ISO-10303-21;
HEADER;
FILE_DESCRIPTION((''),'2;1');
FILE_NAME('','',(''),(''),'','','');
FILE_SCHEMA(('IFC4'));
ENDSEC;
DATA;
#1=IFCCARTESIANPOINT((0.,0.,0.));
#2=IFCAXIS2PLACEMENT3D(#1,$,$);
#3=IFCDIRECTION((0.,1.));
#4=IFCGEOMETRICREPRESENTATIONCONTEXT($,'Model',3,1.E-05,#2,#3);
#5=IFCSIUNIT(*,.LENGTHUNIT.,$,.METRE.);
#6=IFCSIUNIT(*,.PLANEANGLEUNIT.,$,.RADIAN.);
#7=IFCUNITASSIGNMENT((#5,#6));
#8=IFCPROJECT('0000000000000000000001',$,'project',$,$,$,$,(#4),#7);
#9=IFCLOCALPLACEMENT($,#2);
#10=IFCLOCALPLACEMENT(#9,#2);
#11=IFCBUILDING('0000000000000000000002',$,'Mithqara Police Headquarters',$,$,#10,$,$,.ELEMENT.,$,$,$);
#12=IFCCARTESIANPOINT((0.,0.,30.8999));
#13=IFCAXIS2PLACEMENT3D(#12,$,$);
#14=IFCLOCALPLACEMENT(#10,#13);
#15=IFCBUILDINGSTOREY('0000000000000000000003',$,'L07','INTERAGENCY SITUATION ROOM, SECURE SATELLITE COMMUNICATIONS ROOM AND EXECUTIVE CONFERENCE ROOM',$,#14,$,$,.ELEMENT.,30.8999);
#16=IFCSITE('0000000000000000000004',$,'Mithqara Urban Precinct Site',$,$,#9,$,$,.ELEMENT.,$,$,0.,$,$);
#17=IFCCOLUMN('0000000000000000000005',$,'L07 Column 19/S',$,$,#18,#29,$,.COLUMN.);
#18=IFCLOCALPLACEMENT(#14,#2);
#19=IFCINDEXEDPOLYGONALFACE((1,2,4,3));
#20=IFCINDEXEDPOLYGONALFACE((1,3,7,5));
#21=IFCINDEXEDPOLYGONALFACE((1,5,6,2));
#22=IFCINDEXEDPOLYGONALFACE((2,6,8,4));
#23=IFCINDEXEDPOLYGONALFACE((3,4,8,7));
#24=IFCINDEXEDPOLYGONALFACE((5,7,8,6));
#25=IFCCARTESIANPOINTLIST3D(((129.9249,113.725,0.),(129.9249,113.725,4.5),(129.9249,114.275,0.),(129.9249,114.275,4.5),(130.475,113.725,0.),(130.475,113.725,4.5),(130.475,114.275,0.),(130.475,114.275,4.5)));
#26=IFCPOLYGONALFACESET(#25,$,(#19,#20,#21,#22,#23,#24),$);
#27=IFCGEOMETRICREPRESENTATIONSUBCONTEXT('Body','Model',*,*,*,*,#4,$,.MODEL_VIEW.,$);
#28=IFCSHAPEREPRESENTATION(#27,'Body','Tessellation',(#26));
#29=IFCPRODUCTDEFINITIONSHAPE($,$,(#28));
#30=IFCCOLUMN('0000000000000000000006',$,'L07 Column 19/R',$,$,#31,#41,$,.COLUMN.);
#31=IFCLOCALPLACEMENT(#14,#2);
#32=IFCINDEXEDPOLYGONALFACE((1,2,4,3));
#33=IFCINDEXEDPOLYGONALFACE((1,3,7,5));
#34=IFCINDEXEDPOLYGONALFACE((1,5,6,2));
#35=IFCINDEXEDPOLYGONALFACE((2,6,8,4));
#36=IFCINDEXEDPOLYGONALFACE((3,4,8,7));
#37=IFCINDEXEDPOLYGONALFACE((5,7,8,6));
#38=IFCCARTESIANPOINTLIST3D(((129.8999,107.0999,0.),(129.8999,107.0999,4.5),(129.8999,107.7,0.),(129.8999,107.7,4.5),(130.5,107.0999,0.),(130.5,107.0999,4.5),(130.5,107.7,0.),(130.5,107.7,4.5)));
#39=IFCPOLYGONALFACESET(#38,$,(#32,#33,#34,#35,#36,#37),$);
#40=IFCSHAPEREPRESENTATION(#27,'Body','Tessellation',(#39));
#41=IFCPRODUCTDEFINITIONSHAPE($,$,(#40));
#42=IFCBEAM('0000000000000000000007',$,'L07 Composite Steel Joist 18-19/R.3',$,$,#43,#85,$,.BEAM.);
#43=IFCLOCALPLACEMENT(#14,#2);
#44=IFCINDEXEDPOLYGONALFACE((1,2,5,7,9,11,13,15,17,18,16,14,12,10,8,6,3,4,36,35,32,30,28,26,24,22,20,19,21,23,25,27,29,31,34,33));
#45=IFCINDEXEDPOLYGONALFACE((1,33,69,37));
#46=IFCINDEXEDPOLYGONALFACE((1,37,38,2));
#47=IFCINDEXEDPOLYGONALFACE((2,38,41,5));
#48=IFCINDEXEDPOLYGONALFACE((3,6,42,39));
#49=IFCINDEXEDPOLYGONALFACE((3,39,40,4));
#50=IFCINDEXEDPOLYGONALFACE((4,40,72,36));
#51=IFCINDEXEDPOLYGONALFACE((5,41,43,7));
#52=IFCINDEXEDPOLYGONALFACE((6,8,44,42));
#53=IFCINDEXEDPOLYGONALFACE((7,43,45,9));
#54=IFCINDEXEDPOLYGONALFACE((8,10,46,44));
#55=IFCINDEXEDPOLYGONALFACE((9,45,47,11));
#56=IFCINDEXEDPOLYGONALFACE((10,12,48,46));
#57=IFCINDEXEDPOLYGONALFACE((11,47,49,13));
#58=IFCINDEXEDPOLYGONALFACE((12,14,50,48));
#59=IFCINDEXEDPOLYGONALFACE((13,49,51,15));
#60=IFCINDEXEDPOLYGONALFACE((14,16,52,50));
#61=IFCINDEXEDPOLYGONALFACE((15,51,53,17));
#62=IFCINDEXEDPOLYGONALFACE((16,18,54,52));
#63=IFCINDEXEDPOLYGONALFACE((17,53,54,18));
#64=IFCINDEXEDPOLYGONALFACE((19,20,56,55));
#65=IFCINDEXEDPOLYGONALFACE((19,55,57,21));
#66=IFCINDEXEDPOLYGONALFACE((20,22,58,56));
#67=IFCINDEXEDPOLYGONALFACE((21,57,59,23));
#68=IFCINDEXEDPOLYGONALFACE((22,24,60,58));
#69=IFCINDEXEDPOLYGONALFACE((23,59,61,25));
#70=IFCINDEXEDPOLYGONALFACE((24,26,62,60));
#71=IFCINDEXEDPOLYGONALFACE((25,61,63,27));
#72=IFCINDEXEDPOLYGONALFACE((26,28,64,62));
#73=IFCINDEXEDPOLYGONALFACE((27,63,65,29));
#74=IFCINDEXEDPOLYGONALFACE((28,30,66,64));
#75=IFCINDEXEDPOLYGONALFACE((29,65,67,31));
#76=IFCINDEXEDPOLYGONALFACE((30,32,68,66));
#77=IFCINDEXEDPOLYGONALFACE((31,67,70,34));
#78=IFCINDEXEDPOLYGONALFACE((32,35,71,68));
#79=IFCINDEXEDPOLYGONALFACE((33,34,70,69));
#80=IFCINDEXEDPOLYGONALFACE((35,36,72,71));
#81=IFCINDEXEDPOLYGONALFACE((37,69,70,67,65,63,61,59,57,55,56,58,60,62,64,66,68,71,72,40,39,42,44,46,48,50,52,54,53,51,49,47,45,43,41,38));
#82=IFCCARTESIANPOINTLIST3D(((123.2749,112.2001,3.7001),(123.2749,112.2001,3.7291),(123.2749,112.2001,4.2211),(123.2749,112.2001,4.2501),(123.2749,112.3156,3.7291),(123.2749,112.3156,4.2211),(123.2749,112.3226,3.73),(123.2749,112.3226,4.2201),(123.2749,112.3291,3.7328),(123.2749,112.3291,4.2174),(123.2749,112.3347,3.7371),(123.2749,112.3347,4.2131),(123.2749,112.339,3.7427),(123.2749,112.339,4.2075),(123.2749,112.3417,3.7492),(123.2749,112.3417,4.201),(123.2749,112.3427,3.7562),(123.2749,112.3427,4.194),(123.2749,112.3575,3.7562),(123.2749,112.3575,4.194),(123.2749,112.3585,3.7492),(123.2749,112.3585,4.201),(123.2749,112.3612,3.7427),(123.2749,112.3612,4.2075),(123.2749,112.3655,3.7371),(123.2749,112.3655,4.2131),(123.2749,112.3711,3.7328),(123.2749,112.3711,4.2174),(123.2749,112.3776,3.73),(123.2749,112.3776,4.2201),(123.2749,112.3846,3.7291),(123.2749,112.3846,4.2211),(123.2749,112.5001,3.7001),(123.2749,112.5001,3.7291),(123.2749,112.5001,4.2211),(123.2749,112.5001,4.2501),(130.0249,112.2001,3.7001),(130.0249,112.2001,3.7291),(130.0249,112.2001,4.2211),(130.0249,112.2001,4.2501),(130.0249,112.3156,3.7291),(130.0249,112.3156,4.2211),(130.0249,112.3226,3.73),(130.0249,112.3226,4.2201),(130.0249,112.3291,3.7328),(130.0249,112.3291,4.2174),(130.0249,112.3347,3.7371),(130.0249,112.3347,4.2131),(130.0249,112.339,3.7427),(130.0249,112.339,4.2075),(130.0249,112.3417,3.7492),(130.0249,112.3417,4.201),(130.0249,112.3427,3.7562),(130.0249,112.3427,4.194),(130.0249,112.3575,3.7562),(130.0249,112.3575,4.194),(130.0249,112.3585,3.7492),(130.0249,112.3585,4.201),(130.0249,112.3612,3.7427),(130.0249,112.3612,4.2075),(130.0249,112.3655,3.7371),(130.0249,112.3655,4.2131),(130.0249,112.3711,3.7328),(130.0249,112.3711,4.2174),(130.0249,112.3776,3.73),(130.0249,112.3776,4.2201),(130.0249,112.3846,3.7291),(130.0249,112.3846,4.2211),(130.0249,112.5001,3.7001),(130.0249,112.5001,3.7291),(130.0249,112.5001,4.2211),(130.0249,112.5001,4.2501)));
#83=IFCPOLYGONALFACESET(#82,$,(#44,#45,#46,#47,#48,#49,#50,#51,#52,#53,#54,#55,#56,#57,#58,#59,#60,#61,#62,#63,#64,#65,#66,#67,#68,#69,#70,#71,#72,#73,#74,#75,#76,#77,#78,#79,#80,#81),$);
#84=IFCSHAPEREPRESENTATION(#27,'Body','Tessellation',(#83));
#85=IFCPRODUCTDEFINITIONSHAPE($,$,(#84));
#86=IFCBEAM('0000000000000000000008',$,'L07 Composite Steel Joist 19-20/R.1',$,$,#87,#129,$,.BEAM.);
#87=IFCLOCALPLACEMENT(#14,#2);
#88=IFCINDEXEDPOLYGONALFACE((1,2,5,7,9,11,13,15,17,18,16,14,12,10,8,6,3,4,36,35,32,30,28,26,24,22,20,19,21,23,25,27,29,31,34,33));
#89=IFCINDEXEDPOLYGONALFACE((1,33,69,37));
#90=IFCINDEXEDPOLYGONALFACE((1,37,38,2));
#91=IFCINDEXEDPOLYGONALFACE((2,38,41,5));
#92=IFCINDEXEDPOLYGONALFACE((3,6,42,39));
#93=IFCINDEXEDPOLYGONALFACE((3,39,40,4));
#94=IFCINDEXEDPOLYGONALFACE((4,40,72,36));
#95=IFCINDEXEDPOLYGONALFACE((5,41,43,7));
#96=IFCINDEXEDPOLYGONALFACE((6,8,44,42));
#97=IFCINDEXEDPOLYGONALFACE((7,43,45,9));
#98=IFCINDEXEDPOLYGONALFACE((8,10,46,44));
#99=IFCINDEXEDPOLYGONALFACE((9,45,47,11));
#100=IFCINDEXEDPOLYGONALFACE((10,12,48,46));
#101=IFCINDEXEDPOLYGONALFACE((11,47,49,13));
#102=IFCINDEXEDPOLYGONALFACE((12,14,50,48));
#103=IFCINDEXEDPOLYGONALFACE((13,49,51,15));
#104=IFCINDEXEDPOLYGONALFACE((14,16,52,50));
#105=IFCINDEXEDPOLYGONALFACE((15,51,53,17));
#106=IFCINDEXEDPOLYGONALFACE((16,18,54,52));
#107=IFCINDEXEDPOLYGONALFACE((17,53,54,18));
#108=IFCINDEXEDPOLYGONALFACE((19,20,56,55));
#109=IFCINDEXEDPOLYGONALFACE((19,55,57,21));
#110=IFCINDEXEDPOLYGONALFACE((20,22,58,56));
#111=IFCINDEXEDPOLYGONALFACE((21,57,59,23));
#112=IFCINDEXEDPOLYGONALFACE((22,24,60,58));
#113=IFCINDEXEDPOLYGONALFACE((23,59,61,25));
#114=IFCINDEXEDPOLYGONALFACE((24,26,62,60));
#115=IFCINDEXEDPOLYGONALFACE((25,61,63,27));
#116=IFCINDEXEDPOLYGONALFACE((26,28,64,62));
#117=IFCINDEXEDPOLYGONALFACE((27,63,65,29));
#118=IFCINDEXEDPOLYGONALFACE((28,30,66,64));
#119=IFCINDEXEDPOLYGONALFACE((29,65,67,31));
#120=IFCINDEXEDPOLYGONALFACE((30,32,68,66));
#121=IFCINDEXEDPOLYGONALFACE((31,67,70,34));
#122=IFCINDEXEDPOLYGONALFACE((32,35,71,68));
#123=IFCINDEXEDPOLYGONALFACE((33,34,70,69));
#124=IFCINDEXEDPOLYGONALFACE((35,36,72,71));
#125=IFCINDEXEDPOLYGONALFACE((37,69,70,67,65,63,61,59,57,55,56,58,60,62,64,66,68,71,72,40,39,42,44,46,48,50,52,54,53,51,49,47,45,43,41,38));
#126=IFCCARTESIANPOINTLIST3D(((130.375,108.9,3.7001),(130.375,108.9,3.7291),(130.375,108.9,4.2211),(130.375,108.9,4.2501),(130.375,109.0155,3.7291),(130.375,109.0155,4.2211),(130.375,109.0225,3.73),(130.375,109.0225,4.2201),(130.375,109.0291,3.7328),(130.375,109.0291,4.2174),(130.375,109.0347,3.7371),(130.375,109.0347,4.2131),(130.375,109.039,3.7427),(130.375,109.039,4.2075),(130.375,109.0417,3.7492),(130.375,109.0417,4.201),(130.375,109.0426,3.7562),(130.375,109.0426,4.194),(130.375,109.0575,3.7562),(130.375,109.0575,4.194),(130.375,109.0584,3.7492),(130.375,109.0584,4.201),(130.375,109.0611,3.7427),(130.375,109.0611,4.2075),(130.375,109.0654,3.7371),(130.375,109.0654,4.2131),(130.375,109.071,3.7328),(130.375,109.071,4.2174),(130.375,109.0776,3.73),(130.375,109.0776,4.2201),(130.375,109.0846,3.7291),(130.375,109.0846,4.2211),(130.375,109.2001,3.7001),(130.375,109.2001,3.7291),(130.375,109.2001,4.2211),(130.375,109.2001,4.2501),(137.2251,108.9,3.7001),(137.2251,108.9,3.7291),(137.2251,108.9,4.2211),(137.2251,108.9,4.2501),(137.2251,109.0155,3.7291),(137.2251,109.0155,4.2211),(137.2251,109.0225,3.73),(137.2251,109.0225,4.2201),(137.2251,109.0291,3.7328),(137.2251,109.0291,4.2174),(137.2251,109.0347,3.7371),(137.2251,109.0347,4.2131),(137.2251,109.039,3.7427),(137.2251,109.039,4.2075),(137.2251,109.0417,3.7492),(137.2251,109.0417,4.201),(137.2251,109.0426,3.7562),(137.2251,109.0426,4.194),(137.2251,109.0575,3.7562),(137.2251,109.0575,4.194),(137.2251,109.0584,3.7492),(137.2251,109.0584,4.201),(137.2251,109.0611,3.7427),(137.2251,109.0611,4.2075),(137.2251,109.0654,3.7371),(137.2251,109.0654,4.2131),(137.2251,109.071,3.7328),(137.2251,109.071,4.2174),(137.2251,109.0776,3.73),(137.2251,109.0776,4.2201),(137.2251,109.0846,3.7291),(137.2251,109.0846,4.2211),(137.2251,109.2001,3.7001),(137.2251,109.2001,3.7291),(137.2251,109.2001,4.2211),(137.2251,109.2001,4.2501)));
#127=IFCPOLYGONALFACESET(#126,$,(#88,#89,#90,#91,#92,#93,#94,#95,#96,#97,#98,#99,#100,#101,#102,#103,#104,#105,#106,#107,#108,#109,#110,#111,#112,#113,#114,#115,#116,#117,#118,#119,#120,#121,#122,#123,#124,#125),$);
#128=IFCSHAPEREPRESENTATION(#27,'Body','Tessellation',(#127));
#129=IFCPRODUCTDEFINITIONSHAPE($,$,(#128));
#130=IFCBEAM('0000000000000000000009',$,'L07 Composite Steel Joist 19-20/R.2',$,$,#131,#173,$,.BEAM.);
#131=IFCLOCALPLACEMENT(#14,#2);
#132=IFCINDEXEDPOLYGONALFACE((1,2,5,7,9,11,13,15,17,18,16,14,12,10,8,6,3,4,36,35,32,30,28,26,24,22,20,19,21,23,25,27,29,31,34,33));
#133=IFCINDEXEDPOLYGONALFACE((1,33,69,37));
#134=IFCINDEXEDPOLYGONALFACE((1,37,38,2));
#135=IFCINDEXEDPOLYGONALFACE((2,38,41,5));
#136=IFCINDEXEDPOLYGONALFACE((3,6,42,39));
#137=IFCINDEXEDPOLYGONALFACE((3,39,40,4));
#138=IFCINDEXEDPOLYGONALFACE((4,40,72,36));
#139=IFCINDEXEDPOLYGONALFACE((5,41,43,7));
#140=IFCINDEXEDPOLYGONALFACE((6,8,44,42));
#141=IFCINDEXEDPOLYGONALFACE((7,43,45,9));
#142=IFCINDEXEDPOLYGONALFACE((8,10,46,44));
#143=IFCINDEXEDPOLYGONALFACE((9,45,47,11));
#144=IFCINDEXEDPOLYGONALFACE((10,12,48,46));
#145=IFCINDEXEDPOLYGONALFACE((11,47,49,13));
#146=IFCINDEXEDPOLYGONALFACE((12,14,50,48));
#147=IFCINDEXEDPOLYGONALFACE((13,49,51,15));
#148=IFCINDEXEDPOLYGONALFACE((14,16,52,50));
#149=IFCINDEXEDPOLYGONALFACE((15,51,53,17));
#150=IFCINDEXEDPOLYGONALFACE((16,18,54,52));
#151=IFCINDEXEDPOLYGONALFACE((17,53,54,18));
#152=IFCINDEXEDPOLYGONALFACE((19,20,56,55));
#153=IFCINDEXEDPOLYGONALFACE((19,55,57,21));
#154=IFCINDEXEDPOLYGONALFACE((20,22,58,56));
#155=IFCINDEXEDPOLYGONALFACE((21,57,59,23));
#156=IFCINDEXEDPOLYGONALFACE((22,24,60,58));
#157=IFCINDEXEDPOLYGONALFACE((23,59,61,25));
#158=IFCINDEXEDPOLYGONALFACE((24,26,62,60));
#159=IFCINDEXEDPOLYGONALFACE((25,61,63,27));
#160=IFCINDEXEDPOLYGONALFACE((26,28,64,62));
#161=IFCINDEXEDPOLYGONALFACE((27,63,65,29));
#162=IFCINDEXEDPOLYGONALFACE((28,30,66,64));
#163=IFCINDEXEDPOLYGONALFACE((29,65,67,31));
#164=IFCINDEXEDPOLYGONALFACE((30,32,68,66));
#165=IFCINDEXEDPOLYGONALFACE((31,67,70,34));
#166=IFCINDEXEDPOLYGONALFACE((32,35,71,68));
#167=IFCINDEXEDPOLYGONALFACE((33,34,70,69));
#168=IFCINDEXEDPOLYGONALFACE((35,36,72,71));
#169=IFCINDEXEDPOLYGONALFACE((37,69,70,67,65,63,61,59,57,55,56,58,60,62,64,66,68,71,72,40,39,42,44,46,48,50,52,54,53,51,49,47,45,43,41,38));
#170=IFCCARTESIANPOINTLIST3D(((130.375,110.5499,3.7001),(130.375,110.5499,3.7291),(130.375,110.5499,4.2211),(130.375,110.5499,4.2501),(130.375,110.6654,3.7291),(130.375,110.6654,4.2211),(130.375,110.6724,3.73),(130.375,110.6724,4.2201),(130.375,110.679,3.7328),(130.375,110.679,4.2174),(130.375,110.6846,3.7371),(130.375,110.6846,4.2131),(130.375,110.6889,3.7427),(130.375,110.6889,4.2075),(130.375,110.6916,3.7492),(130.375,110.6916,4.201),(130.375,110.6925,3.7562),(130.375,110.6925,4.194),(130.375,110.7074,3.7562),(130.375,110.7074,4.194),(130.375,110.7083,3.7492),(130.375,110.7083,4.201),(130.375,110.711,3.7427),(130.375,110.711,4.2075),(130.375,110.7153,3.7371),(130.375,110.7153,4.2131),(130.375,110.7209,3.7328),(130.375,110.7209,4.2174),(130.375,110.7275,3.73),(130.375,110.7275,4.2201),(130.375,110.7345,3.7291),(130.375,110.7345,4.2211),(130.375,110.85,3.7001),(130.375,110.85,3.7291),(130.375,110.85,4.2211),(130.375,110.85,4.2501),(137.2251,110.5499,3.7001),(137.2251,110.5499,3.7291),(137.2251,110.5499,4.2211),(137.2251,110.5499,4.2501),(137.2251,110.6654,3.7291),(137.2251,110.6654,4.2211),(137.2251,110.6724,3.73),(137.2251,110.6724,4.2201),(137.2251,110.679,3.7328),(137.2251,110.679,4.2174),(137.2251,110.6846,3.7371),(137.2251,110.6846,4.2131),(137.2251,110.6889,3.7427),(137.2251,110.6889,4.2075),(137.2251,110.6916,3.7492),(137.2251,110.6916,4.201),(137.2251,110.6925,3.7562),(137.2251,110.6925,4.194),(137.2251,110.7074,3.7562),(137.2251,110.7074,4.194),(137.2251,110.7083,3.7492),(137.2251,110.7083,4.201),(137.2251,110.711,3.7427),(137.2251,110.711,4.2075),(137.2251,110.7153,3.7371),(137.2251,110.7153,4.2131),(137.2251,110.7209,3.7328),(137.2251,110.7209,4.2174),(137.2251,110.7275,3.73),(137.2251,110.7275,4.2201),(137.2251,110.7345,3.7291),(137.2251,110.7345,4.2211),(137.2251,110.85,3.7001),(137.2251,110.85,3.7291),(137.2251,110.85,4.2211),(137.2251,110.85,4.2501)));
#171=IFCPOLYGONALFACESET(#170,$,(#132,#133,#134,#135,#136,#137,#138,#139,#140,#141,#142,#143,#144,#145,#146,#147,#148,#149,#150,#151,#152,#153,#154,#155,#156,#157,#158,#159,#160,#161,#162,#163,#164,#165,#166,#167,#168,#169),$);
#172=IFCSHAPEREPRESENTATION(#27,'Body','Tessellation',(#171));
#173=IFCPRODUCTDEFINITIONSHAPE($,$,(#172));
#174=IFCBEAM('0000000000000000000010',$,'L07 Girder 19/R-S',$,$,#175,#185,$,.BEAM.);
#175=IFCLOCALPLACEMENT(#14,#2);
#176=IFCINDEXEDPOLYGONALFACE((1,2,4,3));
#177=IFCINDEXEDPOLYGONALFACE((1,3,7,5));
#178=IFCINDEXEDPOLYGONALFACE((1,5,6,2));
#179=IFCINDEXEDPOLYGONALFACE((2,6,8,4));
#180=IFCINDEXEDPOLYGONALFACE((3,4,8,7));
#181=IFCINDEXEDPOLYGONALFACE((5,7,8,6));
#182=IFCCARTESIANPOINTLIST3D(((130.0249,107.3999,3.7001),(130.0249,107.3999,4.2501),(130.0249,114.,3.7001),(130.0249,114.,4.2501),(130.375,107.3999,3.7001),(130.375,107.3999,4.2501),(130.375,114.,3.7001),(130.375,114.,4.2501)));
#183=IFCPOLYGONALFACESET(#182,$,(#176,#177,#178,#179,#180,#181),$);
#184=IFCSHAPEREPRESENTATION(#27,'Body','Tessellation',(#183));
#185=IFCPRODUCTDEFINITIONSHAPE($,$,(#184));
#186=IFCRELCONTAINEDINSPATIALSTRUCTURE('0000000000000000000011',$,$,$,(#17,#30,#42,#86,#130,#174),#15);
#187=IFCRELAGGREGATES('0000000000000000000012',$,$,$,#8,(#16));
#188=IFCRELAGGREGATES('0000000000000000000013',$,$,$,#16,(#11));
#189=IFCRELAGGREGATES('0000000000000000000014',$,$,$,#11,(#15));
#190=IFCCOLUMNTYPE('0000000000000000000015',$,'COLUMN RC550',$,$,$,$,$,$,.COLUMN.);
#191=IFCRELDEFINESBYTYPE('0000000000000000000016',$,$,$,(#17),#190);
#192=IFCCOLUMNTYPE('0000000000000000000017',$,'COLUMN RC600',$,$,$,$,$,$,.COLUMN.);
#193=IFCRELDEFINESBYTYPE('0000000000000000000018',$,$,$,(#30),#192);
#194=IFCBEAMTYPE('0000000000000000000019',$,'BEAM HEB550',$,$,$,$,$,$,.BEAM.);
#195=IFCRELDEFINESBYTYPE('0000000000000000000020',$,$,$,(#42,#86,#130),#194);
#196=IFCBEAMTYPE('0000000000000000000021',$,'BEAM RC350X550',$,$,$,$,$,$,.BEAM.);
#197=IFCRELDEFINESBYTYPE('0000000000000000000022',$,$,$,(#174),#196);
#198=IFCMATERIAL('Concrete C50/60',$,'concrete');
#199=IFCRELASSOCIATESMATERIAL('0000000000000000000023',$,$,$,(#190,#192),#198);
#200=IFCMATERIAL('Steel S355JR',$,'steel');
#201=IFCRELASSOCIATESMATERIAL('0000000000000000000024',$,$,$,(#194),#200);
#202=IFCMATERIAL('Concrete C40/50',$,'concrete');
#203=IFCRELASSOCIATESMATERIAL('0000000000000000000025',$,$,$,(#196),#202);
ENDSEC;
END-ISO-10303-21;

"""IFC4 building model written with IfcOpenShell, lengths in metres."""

from ifc_helpers import new_model, si_unit, direction, frame, origin, origin_2d, place, context, subcontext, project, spatial, rectangle, i_section, extrude, material, material_profile, profile_set, type_object, element, save


model = new_model("IFC4")

# Units and contexts
model_context = context("Model", 3, precision=1e-05, world=origin(), true_north=direction((0.0, 1.0)))
body_context = subcontext(model_context, "Body", "Model", "MODEL_VIEW")
ifc_project = project(units=[si_unit("LENGTHUNIT", "METRE"), si_unit("PLANEANGLEUNIT", "RADIAN")], contexts=[model_context])

# Site, building, storey
site_placement = place(None, origin())
site = spatial("IfcSite", under=ifc_project, at=site_placement, Name="Mithqara Urban Precinct Site", CompositionType="ELEMENT", RefElevation=0.0)
building_placement = place(site_placement, origin())
building = spatial("IfcBuilding", under=site, at=building_placement, Name="Mithqara Police Headquarters", CompositionType="ELEMENT")
storey_placement = place(building_placement, frame((0.0, 0.0, 30.8999)))
storey = spatial("IfcBuildingStorey", under=building, at=storey_placement, Name="L07", Description="INTERAGENCY SITUATION ROOM, SECURE SATELLITE COMMUNICATIONS ROOM AND EXECUTIVE CONFERENCE ROOM", CompositionType="ELEMENT", Elevation=30.8999)

# Columns
ifc_material_1 = material(Name="Concrete C50/60", Category="concrete")
ifc_material_profile_1 = material_profile(ifc_material_1, rectangle(XDim=0.55, YDim=0.55, at=origin_2d()), Name="RC 550x550")
ifc_profile_set_1 = profile_set([ifc_material_profile_1], Name="Concrete C50/60")
column_type_1 = type_object("IfcColumnType", Name="COLUMN RC550", PredefinedType="COLUMN", material=ifc_profile_set_1)
column_1_placement = place(storey_placement, frame((130.2, 114.0, 0.0), z_axis=(0.0, 0.0, 1.0), x_axis=(1.0, 0.0, 0.0)))
element("IfcColumn", 1, at=column_1_placement, inside=storey, type_object=column_type_1, Name="L07 Column 19/S", PredefinedType="COLUMN", context=body_context, shape_type="SweptSolid", body=[
    extrude(rectangle(XDim=0.55, YDim=0.55, at=origin_2d()), origin(), (0.0, 0.0, 1.0), 4.5),
])
ifc_material_profile_2 = material_profile(ifc_material_1, rectangle(XDim=0.6001, YDim=0.6001, at=origin_2d()), Name="RC 600x600")
ifc_profile_set_2 = profile_set([ifc_material_profile_2], Name="Concrete C50/60")
column_type_2 = type_object("IfcColumnType", Name="COLUMN RC600", PredefinedType="COLUMN", material=ifc_profile_set_2)
column_2_placement = place(storey_placement, frame((130.2, 107.3999, 0.0), z_axis=(0.0, 0.0, 1.0), x_axis=(1.0, 0.0, 0.0)))
element("IfcColumn", 2, at=column_2_placement, inside=storey, type_object=column_type_2, Name="L07 Column 19/R", PredefinedType="COLUMN", context=body_context, shape_type="SweptSolid", body=[
    extrude(rectangle(XDim=0.6001, YDim=0.6001, at=origin_2d()), origin(), (0.0, 0.0, 1.0), 4.5),
])

# Beams
ifc_material_2 = material(Name="Steel S355JR", Category="steel")
ifc_material_profile_3 = material_profile(ifc_material_2, i_section(OverallWidth=0.3, OverallDepth=0.55, WebThickness=0.0149, FlangeThickness=0.0291, FilletRadius=0.0271, at=origin_2d()), Name="HEB 550")
ifc_profile_set_3 = profile_set([ifc_material_profile_3], Name="Steel S355JR")
beam_type_1 = type_object("IfcBeamType", Name="BEAM HEB550", PredefinedType="BEAM", material=ifc_profile_set_3)
beam_1_placement = place(storey_placement, frame((123.2749, 112.3501, 3.9751), z_axis=(1.0, 0.0, 0.0), x_axis=(0.0, 1.0, 0.0)))
element("IfcBeam", 3, at=beam_1_placement, inside=storey, type_object=beam_type_1, Name="L07 Composite Steel Joist 18-19/R.3", PredefinedType="BEAM", context=body_context, shape_type="SweptSolid", body=[
    extrude(i_section(OverallWidth=0.3, OverallDepth=0.55, WebThickness=0.0149, FlangeThickness=0.0291, FilletRadius=0.0271, at=origin_2d()), origin(), (0.0, 0.0, 1.0), 6.75),
])
for number, where, z_axis, x_axis, name in (
    (4, (130.375, 109.05, 3.9751), (1.0, 0.0, 0.0), (0.0, 1.0, 0.0), "L07 Composite Steel Joist 19-20/R.1"),
    (5, (130.375, 110.7, 3.9751), (1.0, 0.0, 0.0), (0.0, 1.0, 0.0), "L07 Composite Steel Joist 19-20/R.2"),
):
    element("IfcBeam", number, at=place(storey_placement, frame(where, z_axis=z_axis, x_axis=x_axis)), inside=storey, type_object=beam_type_1, Name=name, PredefinedType="BEAM", context=body_context, shape_type="SweptSolid", body=[
        extrude(i_section(OverallWidth=0.3, OverallDepth=0.55, WebThickness=0.0149, FlangeThickness=0.0291, FilletRadius=0.0271, at=origin_2d()), origin(), (0.0, 0.0, 1.0), 6.8501),
    ])
ifc_material_3 = material(Name="Concrete C40/50", Category="concrete")
ifc_material_profile_4 = material_profile(ifc_material_3, rectangle(XDim=0.3501, YDim=0.55, at=origin_2d()), Name="RC 350x550")
ifc_profile_set_4 = profile_set([ifc_material_profile_4], Name="Concrete C40/50")
beam_type_2 = type_object("IfcBeamType", Name="BEAM RC350X550", PredefinedType="BEAM", material=ifc_profile_set_4)
beam_2_placement = place(storey_placement, frame((130.2, 107.3999, 3.9751), z_axis=(0.0, 1.0, 0.0), x_axis=(-1.0, 0.0, 0.0)))
element("IfcBeam", 6, at=beam_2_placement, inside=storey, type_object=beam_type_2, Name="L07 Girder 19/R-S", PredefinedType="BEAM", context=body_context, shape_type="SweptSolid", body=[
    extrude(rectangle(XDim=0.3501, YDim=0.55, at=origin_2d()), origin(), (0.0, 0.0, 1.0), 6.6001),
])

save(model, "model.ifc")
